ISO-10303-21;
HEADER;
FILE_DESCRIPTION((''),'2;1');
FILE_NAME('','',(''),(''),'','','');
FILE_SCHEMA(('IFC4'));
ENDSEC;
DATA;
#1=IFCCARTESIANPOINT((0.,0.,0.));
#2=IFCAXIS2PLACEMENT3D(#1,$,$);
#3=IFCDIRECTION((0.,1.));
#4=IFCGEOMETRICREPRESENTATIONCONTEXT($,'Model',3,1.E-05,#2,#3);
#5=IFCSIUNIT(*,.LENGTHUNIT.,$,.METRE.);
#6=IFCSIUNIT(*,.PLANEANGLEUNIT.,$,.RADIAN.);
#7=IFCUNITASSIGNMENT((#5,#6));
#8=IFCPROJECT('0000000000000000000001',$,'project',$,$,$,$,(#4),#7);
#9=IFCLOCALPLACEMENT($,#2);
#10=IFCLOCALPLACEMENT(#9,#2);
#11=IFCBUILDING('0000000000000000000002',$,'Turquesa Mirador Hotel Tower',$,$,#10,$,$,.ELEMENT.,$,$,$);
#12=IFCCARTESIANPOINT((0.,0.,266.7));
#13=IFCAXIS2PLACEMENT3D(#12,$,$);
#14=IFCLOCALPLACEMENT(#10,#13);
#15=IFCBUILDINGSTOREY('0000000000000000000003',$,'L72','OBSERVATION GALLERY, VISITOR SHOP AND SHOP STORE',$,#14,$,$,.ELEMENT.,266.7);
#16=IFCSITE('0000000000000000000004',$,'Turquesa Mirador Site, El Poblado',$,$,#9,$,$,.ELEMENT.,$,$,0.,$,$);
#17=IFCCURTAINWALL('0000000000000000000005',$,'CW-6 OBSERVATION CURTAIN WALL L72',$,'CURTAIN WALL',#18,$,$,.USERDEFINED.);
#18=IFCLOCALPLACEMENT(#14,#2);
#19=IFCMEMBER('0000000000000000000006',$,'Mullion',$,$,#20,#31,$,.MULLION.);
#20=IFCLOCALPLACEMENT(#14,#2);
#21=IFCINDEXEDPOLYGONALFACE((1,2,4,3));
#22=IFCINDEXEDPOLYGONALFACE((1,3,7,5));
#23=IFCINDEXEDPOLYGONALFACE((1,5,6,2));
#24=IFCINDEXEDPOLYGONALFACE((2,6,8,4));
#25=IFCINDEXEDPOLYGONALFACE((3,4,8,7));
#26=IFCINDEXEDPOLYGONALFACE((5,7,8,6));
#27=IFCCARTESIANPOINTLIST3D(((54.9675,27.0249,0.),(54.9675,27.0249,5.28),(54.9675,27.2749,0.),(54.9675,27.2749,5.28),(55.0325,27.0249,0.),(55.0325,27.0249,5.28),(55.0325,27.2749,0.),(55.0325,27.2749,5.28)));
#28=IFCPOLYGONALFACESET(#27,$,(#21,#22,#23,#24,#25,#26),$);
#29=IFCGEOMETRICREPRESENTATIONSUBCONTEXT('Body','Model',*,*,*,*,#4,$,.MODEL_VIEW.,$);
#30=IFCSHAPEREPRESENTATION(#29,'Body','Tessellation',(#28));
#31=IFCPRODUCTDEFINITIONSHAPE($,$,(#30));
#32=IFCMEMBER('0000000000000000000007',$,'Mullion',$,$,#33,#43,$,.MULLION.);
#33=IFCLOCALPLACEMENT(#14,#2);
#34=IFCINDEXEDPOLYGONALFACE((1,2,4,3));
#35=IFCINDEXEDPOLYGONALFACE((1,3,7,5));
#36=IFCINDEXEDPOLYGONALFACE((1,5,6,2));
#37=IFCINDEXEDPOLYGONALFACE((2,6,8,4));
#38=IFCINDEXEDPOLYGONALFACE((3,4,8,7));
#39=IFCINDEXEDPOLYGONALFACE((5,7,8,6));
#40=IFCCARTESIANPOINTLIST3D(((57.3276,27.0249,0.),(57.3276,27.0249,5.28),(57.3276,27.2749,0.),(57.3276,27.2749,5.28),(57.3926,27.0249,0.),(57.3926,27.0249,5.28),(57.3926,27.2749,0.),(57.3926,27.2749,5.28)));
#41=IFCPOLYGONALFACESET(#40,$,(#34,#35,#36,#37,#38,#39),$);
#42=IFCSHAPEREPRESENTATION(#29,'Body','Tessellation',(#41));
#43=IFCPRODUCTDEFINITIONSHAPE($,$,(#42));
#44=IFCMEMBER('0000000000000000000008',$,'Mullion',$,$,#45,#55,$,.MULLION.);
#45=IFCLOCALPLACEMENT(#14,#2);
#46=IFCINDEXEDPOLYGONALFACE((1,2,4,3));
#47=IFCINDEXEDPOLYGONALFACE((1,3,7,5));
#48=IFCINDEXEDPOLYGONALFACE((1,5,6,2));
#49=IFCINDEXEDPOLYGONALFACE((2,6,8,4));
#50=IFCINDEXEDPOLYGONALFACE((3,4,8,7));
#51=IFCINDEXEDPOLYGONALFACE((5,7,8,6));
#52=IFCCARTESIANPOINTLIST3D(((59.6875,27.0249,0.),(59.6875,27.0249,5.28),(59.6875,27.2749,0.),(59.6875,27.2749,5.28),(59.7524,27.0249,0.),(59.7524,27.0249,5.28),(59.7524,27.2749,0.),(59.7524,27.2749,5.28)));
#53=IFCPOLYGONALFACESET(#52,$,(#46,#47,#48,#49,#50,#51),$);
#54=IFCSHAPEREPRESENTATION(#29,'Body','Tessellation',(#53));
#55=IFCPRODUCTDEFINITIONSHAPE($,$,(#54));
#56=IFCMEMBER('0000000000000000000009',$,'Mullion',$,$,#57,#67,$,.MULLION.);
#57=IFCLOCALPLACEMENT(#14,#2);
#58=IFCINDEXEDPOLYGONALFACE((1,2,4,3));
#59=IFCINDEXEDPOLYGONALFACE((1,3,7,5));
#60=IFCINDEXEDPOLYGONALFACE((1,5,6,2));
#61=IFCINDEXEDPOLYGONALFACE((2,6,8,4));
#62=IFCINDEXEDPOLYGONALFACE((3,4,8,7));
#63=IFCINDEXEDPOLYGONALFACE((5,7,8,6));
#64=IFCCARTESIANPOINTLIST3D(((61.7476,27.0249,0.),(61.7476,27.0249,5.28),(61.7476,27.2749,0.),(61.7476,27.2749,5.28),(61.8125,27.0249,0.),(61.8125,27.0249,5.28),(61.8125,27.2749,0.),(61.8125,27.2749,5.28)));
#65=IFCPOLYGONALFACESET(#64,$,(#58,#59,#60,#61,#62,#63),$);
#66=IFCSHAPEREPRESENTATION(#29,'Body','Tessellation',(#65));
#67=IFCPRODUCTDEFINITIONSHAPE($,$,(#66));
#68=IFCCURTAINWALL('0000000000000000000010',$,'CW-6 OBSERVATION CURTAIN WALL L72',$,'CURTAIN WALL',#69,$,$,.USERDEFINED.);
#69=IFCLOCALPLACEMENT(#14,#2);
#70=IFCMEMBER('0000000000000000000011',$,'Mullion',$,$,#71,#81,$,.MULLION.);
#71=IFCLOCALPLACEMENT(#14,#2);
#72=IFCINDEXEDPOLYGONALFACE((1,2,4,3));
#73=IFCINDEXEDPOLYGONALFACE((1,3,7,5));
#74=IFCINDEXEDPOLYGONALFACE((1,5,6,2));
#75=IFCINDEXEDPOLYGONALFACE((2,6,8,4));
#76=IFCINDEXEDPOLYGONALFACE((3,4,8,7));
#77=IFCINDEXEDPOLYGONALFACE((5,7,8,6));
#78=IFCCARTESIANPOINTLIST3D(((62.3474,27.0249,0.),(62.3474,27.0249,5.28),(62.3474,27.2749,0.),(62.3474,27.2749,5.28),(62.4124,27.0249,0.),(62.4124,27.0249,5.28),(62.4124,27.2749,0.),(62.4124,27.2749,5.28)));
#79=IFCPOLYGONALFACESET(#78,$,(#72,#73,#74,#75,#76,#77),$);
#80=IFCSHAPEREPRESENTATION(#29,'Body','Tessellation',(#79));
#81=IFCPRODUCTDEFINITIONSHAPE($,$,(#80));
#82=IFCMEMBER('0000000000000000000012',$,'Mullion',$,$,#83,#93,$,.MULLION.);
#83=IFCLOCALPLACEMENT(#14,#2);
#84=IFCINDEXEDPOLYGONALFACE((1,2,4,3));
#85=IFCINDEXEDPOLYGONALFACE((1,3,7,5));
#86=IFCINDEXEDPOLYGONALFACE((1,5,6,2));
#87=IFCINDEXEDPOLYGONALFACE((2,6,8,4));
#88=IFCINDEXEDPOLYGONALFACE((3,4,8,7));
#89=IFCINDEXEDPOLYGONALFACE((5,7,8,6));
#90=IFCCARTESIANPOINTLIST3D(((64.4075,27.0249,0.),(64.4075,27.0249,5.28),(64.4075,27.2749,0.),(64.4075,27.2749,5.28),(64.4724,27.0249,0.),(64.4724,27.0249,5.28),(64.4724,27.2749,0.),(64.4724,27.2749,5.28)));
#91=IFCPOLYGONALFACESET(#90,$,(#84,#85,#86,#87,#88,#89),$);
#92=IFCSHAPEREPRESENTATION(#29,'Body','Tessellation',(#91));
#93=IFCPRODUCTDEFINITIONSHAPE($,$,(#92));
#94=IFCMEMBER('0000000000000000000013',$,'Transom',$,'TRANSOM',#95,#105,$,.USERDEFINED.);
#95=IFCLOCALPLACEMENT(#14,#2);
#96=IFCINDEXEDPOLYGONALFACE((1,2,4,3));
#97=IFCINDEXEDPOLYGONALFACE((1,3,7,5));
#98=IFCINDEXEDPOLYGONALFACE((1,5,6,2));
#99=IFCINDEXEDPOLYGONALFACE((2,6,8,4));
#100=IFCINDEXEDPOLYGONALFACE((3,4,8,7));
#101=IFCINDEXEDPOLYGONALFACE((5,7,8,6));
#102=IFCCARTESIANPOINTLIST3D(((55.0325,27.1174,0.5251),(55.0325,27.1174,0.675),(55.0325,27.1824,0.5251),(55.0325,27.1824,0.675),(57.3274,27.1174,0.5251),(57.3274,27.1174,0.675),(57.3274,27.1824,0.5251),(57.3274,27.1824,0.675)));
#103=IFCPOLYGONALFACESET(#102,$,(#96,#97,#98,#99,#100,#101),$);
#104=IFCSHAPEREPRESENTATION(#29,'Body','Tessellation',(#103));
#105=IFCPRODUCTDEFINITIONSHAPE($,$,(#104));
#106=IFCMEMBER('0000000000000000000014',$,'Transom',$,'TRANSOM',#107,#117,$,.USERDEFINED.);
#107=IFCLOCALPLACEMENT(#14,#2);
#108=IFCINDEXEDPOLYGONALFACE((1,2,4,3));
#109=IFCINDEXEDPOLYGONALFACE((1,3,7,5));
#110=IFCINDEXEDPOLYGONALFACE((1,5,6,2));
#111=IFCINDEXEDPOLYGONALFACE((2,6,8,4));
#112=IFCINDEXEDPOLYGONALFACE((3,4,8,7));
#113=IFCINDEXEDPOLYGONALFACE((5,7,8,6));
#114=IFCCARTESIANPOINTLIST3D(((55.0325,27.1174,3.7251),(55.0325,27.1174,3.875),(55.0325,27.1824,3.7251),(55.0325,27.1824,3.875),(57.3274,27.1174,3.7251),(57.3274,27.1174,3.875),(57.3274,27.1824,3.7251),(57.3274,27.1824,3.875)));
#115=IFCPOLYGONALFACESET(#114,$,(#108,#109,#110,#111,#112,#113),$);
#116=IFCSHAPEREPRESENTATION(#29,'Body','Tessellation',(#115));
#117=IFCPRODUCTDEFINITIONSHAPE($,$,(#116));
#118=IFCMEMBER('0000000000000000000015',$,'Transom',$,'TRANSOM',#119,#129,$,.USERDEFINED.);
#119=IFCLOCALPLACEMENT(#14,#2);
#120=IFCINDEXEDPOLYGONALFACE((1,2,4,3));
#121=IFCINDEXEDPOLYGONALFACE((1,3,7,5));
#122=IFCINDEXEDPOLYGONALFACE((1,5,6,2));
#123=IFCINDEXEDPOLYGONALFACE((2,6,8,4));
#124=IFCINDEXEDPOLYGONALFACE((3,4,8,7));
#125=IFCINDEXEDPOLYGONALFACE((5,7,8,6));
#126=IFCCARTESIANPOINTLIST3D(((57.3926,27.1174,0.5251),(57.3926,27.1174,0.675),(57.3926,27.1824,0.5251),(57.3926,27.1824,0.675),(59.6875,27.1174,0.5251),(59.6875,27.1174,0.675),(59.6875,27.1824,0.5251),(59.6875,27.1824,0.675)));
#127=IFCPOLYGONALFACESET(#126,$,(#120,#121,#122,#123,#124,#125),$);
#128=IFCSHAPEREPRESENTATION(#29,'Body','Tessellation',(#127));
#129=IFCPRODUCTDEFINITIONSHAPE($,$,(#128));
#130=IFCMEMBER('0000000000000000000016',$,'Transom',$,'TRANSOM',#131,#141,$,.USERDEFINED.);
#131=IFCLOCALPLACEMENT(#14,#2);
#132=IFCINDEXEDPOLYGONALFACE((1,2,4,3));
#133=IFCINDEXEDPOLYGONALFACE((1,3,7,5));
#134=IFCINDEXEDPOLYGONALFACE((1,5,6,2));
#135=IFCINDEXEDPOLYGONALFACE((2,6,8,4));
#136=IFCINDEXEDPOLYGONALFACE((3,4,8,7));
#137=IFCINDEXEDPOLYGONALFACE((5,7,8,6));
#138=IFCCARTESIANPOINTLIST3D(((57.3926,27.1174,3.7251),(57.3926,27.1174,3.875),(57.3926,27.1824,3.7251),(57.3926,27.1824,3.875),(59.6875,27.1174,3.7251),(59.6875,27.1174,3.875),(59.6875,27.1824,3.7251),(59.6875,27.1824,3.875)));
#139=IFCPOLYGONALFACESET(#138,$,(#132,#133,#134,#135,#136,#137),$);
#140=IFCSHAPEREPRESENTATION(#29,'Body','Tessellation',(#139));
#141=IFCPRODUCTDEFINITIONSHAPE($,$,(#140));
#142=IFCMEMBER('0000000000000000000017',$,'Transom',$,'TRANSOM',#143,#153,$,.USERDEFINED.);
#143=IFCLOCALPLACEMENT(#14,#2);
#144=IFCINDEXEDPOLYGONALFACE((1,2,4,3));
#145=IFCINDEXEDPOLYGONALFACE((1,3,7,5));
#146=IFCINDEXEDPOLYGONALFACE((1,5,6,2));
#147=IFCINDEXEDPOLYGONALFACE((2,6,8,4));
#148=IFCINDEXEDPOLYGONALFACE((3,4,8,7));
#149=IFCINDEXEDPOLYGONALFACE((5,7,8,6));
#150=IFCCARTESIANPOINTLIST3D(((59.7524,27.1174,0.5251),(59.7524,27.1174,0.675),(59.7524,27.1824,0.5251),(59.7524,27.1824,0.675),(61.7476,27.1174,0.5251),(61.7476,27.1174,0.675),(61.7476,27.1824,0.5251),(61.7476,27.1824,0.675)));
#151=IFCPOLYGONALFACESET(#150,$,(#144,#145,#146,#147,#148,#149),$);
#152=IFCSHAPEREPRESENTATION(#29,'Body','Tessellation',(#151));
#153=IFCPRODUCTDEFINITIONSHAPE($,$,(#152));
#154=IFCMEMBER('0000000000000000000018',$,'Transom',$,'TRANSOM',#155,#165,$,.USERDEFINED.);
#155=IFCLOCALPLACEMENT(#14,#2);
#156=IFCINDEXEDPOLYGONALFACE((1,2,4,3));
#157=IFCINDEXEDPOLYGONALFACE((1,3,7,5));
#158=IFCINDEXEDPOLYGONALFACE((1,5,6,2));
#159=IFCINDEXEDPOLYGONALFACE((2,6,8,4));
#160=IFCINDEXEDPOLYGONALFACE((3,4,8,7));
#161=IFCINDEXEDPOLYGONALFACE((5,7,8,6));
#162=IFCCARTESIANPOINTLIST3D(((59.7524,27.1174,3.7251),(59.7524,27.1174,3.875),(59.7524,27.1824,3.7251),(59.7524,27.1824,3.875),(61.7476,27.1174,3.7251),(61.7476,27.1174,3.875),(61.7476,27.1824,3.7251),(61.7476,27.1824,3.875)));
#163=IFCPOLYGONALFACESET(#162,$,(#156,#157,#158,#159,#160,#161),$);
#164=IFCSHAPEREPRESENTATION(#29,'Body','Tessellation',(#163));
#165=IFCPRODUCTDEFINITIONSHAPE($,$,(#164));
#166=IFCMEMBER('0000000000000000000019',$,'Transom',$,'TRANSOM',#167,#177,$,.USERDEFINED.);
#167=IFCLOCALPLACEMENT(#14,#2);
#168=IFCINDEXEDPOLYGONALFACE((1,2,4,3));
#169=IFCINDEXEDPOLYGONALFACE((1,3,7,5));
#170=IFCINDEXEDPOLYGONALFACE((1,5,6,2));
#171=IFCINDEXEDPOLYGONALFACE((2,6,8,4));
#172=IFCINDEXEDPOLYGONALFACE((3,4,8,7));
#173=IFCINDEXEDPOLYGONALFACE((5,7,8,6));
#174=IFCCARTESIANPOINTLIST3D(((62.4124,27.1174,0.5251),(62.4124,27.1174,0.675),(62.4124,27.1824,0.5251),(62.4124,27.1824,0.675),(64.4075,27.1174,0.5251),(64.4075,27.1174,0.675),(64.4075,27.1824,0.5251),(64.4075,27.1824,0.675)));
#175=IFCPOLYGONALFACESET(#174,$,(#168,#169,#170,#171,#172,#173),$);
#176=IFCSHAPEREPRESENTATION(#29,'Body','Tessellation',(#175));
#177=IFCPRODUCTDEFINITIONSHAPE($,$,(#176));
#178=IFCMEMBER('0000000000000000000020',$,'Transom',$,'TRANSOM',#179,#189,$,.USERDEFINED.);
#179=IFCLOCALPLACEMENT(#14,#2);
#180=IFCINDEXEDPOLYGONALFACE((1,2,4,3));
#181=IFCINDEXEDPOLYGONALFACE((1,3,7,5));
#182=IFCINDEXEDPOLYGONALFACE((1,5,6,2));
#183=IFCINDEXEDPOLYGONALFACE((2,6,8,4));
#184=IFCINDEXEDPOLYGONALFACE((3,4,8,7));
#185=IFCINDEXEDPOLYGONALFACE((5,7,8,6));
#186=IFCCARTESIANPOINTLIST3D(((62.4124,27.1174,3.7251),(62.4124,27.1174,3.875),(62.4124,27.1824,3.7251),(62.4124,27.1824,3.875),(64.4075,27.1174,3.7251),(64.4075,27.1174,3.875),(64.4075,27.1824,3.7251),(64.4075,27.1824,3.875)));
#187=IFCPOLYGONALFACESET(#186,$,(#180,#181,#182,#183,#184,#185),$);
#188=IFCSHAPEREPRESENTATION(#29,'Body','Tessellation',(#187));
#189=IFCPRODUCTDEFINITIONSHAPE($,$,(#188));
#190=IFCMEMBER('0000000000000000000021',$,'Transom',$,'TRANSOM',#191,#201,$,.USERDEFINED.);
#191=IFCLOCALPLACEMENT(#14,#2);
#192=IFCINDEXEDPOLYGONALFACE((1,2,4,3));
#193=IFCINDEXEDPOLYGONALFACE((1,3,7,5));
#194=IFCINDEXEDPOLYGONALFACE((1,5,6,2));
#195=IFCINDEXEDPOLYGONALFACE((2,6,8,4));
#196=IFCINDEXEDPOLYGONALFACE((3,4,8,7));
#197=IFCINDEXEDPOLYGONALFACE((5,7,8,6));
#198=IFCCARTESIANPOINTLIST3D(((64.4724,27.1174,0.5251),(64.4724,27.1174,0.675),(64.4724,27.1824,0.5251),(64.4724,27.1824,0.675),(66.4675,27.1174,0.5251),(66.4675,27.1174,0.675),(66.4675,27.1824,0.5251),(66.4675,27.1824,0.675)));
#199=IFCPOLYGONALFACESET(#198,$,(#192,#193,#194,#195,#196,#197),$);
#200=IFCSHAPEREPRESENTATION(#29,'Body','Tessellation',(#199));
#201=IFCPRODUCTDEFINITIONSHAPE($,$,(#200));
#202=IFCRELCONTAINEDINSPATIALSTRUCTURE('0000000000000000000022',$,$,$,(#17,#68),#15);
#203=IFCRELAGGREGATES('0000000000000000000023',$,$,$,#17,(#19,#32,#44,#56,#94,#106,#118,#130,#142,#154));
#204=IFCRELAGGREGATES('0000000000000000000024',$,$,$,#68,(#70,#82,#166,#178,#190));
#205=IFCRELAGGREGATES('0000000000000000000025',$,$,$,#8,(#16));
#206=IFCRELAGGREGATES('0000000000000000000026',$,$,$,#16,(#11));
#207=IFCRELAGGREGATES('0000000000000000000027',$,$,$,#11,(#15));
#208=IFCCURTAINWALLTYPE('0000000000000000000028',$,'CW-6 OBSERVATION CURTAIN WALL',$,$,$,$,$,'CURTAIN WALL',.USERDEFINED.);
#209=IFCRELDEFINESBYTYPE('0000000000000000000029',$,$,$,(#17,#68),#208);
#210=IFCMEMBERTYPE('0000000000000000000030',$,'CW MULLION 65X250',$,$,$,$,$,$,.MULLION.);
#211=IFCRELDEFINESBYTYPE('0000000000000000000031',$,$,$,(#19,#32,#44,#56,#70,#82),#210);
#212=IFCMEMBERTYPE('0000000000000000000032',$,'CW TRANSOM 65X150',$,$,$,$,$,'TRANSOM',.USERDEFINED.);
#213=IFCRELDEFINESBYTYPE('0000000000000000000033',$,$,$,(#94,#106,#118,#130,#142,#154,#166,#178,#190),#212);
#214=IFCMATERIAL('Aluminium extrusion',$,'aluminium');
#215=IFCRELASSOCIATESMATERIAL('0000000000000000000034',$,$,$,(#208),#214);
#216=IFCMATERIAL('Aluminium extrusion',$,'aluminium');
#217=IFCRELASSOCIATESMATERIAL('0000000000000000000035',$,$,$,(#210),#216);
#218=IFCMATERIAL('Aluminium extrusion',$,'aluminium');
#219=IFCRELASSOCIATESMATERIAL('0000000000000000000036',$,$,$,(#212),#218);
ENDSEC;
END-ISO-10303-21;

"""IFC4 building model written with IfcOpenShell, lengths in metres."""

from ifc_helpers import new_model, si_unit, direction, frame, origin, origin_2d, place, context, subcontext, project, spatial, rectangle, extrude, material, material_profile, profile_set, type_object, element, aggregate, save


model = new_model("IFC4")

# Units and contexts
model_context = context("Model", 3, precision=1e-05, world=origin(), true_north=direction((0.0, 1.0)))
body_context = subcontext(model_context, "Body", "Model", "MODEL_VIEW")
ifc_project = project(units=[si_unit("LENGTHUNIT", "METRE"), si_unit("PLANEANGLEUNIT", "RADIAN")], contexts=[model_context])

# Site, building, storey
site_placement = place(None, origin())
site = spatial("IfcSite", under=ifc_project, at=site_placement, Name="Turquesa Mirador Site, El Poblado", CompositionType="ELEMENT", RefElevation=0.0)
building_placement = place(site_placement, origin())
building = spatial("IfcBuilding", under=site, at=building_placement, Name="Turquesa Mirador Hotel Tower", CompositionType="ELEMENT")
storey_placement = place(building_placement, frame((0.0, 0.0, 266.7)))
storey = spatial("IfcBuildingStorey", under=building, at=storey_placement, Name="L72", Description="OBSERVATION GALLERY, VISITOR SHOP AND SHOP STORE", CompositionType="ELEMENT", Elevation=266.7)

# Curtain walls, members
ifc_material_1 = material(Name="Aluminium extrusion", Category="aluminium")
curtain_wall_type = type_object("IfcCurtainWallType", Name="CW-6 OBSERVATION CURTAIN WALL", ElementType="CURTAIN WALL", PredefinedType="USERDEFINED", material=ifc_material_1)
curtain_wall_1_placement = place(storey_placement, origin())
curtain_wall_1 = element("IfcCurtainWall", 1, at=curtain_wall_1_placement, inside=storey, type_object=curtain_wall_type, Name="CW-6 OBSERVATION CURTAIN WALL L72", ObjectType="CURTAIN WALL", PredefinedType="USERDEFINED")
ifc_material_2 = material(Name="Aluminium extrusion", Category="aluminium")
ifc_material_profile_1 = material_profile(ifc_material_2, rectangle(XDim=0.0649, YDim=0.25, at=origin_2d()), Name="MULLION 65X250")
ifc_profile_set_1 = profile_set([ifc_material_profile_1], Name="Aluminium extrusion")
member_type_1 = type_object("IfcMemberType", Name="CW MULLION 65X250", PredefinedType="MULLION", material=ifc_profile_set_1)
member_1_placement = place(storey_placement, frame((55.0, 27.1499, 0.0), z_axis=(0.0, 0.0, 1.0), x_axis=(1.0, 0.0, 0.0)))
member_1 = element("IfcMember", 2, at=member_1_placement, type_object=member_type_1, Name="Mullion", PredefinedType="MULLION", context=body_context, shape_type="SweptSolid", body=[
    extrude(rectangle(XDim=0.0649, YDim=0.25, at=origin_2d()), origin(), (0.0, 0.0, 1.0), 5.28),
])
member_2_placement = place(storey_placement, frame((57.3601, 27.1499, 0.0), z_axis=(0.0, 0.0, 1.0), x_axis=(1.0, 0.0, 0.0)))
member_2 = element("IfcMember", 3, at=member_2_placement, type_object=member_type_1, Name="Mullion", PredefinedType="MULLION", context=body_context, shape_type="SweptSolid", body=[
    extrude(rectangle(XDim=0.0649, YDim=0.25, at=origin_2d()), origin(), (0.0, 0.0, 1.0), 5.28),
])
member_3_placement = place(storey_placement, frame((59.72, 27.1499, 0.0), z_axis=(0.0, 0.0, 1.0), x_axis=(1.0, 0.0, 0.0)))
member_3 = element("IfcMember", 4, at=member_3_placement, type_object=member_type_1, Name="Mullion", PredefinedType="MULLION", context=body_context, shape_type="SweptSolid", body=[
    extrude(rectangle(XDim=0.0649, YDim=0.25, at=origin_2d()), origin(), (0.0, 0.0, 1.0), 5.28),
])
member_4_placement = place(storey_placement, frame((61.78, 27.1499, 0.0), z_axis=(0.0, 0.0, 1.0), x_axis=(1.0, 0.0, 0.0)))
member_4 = element("IfcMember", 5, at=member_4_placement, type_object=member_type_1, Name="Mullion", PredefinedType="MULLION", context=body_context, shape_type="SweptSolid", body=[
    extrude(rectangle(XDim=0.0649, YDim=0.25, at=origin_2d()), origin(), (0.0, 0.0, 1.0), 5.28),
])
curtain_wall_2_placement = place(storey_placement, origin())
curtain_wall_2 = element("IfcCurtainWall", 6, at=curtain_wall_2_placement, inside=storey, type_object=curtain_wall_type, Name="CW-6 OBSERVATION CURTAIN WALL L72", ObjectType="CURTAIN WALL", PredefinedType="USERDEFINED")
member_5_placement = place(storey_placement, frame((62.3799, 27.1499, 0.0), z_axis=(0.0, 0.0, 1.0), x_axis=(1.0, 0.0, 0.0)))
member_5 = element("IfcMember", 7, at=member_5_placement, type_object=member_type_1, Name="Mullion", PredefinedType="MULLION", context=body_context, shape_type="SweptSolid", body=[
    extrude(rectangle(XDim=0.0649, YDim=0.25, at=origin_2d()), origin(), (0.0, 0.0, 1.0), 5.28),
])
member_6_placement = place(storey_placement, frame((64.4399, 27.1499, 0.0), z_axis=(0.0, 0.0, 1.0), x_axis=(1.0, 0.0, 0.0)))
member_6 = element("IfcMember", 8, at=member_6_placement, type_object=member_type_1, Name="Mullion", PredefinedType="MULLION", context=body_context, shape_type="SweptSolid", body=[
    extrude(rectangle(XDim=0.0649, YDim=0.25, at=origin_2d()), origin(), (0.0, 0.0, 1.0), 5.28),
])

# Members
ifc_material_3 = material(Name="Aluminium extrusion", Category="aluminium")
ifc_material_profile_2 = material_profile(ifc_material_3, rectangle(XDim=0.0649, YDim=0.1499, at=origin_2d()), Name="TRANSOM 65X150")
ifc_profile_set_2 = profile_set([ifc_material_profile_2], Name="Aluminium extrusion")
member_type_2 = type_object("IfcMemberType", Name="CW TRANSOM 65X150", ElementType="TRANSOM", PredefinedType="USERDEFINED", material=ifc_profile_set_2)
member_7_placement = place(storey_placement, frame((55.0325, 27.1499, 0.6001), z_axis=(1.0, 0.0, 0.0), x_axis=(0.0, 1.0, 0.0)))
member_7 = element("IfcMember", 9, at=member_7_placement, type_object=member_type_2, Name="Transom", ObjectType="TRANSOM", PredefinedType="USERDEFINED", context=body_context, shape_type="SweptSolid", body=[
    extrude(rectangle(XDim=0.0649, YDim=0.1499, at=origin_2d()), origin(), (0.0, 0.0, 1.0), 2.2949),
])
member_8_placement = place(storey_placement, frame((55.0325, 27.1499, 3.8), z_axis=(1.0, 0.0, 0.0), x_axis=(0.0, 1.0, 0.0)))
member_8 = element("IfcMember", 10, at=member_8_placement, type_object=member_type_2, Name="Transom", ObjectType="TRANSOM", PredefinedType="USERDEFINED", context=body_context, shape_type="SweptSolid", body=[
    extrude(rectangle(XDim=0.0649, YDim=0.1499, at=origin_2d()), origin(), (0.0, 0.0, 1.0), 2.2949),
])
member_9_placement = place(storey_placement, frame((57.3926, 27.1499, 0.6001), z_axis=(1.0, 0.0, 0.0), x_axis=(0.0, 1.0, 0.0)))
member_9 = element("IfcMember", 11, at=member_9_placement, type_object=member_type_2, Name="Transom", ObjectType="TRANSOM", PredefinedType="USERDEFINED", context=body_context, shape_type="SweptSolid", body=[
    extrude(rectangle(XDim=0.0649, YDim=0.1499, at=origin_2d()), origin(), (0.0, 0.0, 1.0), 2.2949),
])
member_10_placement = place(storey_placement, frame((57.3926, 27.1499, 3.8), z_axis=(1.0, 0.0, 0.0), x_axis=(0.0, 1.0, 0.0)))
member_10 = element("IfcMember", 12, at=member_10_placement, type_object=member_type_2, Name="Transom", ObjectType="TRANSOM", PredefinedType="USERDEFINED", context=body_context, shape_type="SweptSolid", body=[
    extrude(rectangle(XDim=0.0649, YDim=0.1499, at=origin_2d()), origin(), (0.0, 0.0, 1.0), 2.2949),
])
member_11_placement = place(storey_placement, frame((59.7524, 27.1499, 0.6001), z_axis=(1.0, 0.0, 0.0), x_axis=(0.0, 1.0, 0.0)))
member_11 = element("IfcMember", 13, at=member_11_placement, type_object=member_type_2, Name="Transom", ObjectType="TRANSOM", PredefinedType="USERDEFINED", context=body_context, shape_type="SweptSolid", body=[
    extrude(rectangle(XDim=0.0649, YDim=0.1499, at=origin_2d()), origin(), (0.0, 0.0, 1.0), 1.9951),
])
member_12_placement = place(storey_placement, frame((59.7524, 27.1499, 3.8), z_axis=(1.0, 0.0, 0.0), x_axis=(0.0, 1.0, 0.0)))
member_12 = element("IfcMember", 14, at=member_12_placement, type_object=member_type_2, Name="Transom", ObjectType="TRANSOM", PredefinedType="USERDEFINED", context=body_context, shape_type="SweptSolid", body=[
    extrude(rectangle(XDim=0.0649, YDim=0.1499, at=origin_2d()), origin(), (0.0, 0.0, 1.0), 1.9951),
])
member_13_placement = place(storey_placement, frame((62.4124, 27.1499, 0.6001), z_axis=(1.0, 0.0, 0.0), x_axis=(0.0, 1.0, 0.0)))
member_13 = element("IfcMember", 15, at=member_13_placement, type_object=member_type_2, Name="Transom", ObjectType="TRANSOM", PredefinedType="USERDEFINED", context=body_context, shape_type="SweptSolid", body=[
    extrude(rectangle(XDim=0.0649, YDim=0.1499, at=origin_2d()), origin(), (0.0, 0.0, 1.0), 1.9951),
])
member_14_placement = place(storey_placement, frame((62.4124, 27.1499, 3.8), z_axis=(1.0, 0.0, 0.0), x_axis=(0.0, 1.0, 0.0)))
member_14 = element("IfcMember", 16, at=member_14_placement, type_object=member_type_2, Name="Transom", ObjectType="TRANSOM", PredefinedType="USERDEFINED", context=body_context, shape_type="SweptSolid", body=[
    extrude(rectangle(XDim=0.0649, YDim=0.1499, at=origin_2d()), origin(), (0.0, 0.0, 1.0), 1.9951),
])
member_15_placement = place(storey_placement, frame((64.4724, 27.1499, 0.6001), z_axis=(1.0, 0.0, 0.0), x_axis=(0.0, 1.0, 0.0)))
member_15 = element("IfcMember", 17, at=member_15_placement, type_object=member_type_2, Name="Transom", ObjectType="TRANSOM", PredefinedType="USERDEFINED", context=body_context, shape_type="SweptSolid", body=[
    extrude(rectangle(XDim=0.0649, YDim=0.1499, at=origin_2d()), origin(), (0.0, 0.0, 1.0), 1.9951),
])

aggregate(curtain_wall_1, [member_1, member_2, member_3, member_4, member_7, member_8, member_9, member_10, member_11, member_12])
aggregate(curtain_wall_2, [member_5, member_6, member_13, member_14, member_15])

save(model, "model.ifc")
